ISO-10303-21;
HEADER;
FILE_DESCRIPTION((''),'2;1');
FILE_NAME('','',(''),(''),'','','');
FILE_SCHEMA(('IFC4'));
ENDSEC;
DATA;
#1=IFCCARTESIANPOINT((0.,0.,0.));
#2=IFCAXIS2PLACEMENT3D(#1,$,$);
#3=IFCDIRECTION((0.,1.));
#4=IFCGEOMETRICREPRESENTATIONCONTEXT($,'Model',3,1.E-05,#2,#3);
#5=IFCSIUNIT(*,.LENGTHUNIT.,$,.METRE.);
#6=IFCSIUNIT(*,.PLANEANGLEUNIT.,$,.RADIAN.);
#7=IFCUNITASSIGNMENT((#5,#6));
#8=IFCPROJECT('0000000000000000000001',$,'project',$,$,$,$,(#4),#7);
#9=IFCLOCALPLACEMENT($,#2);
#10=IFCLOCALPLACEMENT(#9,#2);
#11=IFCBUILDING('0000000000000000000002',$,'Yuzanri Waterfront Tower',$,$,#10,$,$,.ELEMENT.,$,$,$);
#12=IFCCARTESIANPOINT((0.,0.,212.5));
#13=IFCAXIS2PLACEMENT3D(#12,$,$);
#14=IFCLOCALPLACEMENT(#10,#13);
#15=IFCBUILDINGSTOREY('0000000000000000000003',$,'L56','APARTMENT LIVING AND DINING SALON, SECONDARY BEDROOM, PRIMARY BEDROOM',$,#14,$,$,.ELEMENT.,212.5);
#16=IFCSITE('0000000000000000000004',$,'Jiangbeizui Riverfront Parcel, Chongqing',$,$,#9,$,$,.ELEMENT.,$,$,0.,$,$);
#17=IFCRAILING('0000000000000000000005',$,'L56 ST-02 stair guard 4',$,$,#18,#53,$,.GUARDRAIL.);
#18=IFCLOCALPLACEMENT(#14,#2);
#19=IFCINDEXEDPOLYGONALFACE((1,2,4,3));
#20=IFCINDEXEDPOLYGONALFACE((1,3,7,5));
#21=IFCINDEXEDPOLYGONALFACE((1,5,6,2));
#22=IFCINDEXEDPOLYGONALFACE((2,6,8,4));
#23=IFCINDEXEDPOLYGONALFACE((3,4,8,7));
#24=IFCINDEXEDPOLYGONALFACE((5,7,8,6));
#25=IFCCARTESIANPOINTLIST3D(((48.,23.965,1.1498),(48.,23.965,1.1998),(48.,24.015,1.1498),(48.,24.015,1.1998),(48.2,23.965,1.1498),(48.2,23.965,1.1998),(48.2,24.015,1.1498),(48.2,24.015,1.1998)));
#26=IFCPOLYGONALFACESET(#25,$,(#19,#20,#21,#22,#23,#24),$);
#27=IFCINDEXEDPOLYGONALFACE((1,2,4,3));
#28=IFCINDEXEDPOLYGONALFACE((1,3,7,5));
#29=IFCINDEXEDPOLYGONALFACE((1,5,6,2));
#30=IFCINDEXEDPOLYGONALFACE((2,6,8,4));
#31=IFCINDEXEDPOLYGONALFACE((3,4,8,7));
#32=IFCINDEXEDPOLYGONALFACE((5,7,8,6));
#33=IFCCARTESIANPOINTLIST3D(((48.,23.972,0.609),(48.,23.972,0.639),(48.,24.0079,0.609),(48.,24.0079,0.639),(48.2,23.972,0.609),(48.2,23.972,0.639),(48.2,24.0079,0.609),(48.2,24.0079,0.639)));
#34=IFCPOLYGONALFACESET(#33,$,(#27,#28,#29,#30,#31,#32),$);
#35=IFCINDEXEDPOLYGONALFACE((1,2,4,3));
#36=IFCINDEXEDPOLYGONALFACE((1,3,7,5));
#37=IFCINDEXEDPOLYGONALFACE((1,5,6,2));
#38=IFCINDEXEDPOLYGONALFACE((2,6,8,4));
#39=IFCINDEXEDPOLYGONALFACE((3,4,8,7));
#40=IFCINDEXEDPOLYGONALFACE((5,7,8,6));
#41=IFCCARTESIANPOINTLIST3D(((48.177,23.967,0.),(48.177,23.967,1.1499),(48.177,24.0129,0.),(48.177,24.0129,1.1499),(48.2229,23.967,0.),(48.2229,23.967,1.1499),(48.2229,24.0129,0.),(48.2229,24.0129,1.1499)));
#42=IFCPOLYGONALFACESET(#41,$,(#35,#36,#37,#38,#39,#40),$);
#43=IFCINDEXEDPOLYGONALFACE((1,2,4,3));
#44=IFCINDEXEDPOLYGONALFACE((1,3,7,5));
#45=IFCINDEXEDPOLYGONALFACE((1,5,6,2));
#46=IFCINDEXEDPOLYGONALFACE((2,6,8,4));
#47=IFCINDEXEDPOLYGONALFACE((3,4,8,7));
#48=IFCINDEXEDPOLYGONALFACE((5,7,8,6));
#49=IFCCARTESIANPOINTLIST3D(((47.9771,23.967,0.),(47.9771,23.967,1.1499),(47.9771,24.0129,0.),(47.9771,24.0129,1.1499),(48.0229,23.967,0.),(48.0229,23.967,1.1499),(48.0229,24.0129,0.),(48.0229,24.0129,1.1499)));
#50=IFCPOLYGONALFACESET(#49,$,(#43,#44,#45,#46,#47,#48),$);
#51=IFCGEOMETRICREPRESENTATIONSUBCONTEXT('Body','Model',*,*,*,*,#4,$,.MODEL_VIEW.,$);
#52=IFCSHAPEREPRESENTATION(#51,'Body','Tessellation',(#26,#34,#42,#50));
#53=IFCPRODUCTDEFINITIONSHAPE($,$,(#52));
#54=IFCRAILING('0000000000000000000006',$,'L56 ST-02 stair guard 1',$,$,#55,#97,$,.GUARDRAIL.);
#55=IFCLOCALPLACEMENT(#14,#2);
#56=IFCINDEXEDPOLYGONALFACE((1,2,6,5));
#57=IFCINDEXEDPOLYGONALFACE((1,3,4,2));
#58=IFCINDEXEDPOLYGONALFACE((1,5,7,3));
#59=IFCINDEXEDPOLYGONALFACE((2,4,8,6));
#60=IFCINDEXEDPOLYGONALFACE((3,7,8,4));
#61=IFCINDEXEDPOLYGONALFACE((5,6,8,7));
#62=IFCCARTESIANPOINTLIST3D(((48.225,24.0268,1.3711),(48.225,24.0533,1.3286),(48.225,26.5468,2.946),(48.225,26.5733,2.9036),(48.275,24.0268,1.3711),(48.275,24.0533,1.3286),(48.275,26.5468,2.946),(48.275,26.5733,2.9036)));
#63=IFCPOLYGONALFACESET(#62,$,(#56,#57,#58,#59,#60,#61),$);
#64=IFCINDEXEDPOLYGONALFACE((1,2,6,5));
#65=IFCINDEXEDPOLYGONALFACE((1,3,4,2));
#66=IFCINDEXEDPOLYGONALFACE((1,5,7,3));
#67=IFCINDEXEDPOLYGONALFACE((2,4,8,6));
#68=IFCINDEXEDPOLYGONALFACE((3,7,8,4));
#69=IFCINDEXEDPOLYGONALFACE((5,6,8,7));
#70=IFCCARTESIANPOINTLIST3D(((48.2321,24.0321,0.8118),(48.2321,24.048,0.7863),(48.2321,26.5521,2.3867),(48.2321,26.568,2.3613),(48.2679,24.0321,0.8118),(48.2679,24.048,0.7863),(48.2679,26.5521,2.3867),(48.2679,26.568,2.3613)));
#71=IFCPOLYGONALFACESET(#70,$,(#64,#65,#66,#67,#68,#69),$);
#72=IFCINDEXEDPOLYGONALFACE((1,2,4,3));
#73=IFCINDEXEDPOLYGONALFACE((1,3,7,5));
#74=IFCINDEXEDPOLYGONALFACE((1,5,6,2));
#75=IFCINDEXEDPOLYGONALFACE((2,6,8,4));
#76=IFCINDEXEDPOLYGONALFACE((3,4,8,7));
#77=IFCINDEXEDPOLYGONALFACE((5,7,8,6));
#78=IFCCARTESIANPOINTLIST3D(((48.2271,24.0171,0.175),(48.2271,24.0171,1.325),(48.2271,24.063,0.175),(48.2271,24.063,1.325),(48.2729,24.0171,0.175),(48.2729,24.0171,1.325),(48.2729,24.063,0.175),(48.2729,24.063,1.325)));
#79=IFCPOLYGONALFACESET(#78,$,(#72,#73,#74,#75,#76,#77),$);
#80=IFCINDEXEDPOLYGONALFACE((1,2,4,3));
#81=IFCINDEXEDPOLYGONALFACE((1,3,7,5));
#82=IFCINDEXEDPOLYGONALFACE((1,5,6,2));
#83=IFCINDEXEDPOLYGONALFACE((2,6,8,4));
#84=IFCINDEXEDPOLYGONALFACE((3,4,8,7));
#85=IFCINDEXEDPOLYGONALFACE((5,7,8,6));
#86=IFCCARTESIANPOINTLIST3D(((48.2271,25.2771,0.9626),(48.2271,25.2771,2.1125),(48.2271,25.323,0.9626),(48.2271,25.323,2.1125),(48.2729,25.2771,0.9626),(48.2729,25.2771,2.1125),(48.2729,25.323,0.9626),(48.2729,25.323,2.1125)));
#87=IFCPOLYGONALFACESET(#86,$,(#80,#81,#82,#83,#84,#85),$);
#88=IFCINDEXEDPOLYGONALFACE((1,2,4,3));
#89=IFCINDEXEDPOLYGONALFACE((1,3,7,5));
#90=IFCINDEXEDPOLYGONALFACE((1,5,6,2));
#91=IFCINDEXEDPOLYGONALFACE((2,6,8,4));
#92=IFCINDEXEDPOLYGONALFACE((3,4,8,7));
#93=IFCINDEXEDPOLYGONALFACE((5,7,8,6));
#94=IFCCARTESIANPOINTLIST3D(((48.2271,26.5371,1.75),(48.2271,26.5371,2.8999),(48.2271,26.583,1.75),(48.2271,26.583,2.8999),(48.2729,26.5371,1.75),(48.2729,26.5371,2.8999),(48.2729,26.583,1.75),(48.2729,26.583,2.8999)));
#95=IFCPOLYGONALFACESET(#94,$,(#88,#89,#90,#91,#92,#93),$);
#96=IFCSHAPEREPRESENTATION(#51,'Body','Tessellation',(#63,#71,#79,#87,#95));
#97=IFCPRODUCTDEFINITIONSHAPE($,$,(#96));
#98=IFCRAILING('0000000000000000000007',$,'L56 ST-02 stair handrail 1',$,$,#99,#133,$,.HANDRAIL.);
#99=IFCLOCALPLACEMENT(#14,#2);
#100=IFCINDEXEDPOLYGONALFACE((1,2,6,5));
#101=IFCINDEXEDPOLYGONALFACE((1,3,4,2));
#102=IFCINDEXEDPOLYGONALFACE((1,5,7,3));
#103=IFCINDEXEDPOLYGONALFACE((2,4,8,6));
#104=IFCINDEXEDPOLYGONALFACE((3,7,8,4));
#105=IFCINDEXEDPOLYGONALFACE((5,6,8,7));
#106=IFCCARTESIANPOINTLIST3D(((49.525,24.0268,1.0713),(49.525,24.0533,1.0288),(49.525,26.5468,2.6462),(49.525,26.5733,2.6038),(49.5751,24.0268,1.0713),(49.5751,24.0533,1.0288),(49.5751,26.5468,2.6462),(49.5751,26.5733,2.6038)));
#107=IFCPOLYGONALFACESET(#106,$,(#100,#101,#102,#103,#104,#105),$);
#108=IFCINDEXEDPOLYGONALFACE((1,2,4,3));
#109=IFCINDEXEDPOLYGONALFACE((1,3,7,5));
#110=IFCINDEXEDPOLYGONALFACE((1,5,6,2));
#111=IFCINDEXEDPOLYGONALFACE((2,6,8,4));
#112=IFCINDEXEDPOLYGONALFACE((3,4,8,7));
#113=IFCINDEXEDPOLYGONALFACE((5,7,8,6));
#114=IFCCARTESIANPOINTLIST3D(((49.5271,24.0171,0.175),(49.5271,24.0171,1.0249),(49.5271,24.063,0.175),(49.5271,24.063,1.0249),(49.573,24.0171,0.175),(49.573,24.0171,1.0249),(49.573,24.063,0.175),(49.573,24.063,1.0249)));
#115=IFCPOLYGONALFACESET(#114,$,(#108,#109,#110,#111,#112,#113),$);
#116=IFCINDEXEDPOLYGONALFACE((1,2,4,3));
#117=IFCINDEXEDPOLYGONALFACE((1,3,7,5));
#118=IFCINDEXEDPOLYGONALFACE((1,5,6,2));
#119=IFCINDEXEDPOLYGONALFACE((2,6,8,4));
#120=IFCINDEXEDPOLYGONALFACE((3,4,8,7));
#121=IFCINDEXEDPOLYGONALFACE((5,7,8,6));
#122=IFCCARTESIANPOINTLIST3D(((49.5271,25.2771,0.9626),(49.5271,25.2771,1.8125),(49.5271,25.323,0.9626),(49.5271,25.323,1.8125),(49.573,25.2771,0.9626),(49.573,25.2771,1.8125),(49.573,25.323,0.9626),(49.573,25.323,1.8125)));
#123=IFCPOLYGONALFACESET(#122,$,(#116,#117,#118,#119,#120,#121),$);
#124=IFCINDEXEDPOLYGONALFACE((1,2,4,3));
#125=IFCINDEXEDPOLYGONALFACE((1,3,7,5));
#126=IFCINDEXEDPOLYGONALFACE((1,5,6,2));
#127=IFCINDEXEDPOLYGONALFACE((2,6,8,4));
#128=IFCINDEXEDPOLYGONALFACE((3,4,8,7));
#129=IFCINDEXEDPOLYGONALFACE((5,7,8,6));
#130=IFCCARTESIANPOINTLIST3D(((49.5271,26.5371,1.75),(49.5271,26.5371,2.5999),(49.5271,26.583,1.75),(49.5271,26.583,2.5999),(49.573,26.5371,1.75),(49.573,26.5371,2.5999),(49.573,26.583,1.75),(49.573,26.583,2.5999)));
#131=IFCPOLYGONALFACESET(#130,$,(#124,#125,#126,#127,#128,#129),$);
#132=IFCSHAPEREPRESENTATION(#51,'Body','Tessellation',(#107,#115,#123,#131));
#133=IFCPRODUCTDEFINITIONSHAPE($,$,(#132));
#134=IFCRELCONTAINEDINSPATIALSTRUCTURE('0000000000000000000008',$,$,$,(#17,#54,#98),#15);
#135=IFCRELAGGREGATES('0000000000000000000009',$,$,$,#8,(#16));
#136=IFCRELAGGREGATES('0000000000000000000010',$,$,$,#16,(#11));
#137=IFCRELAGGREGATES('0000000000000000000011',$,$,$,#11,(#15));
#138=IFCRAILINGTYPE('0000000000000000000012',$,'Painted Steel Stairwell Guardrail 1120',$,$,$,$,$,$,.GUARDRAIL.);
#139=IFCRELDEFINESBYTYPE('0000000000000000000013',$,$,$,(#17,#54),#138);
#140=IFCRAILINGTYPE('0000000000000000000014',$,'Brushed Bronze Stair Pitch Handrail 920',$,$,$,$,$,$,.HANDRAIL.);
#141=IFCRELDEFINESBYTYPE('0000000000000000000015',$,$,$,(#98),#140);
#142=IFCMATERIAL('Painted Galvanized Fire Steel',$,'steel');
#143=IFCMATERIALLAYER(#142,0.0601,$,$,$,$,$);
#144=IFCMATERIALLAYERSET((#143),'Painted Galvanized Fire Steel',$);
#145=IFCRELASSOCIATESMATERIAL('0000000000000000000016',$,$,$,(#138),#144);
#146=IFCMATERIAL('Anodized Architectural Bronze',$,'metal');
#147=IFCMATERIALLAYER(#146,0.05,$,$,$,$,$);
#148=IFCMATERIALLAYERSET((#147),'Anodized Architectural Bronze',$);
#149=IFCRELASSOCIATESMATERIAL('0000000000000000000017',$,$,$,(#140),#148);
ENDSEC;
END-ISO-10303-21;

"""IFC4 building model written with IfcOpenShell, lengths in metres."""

from ifc_helpers import new_model, si_unit, direction, frame, origin, origin_2d, place, context, subcontext, project, spatial, rectangle, extrude, source, transform, mapped, material, layer, layer_set, type_object, element, save


model = new_model("IFC4")

# Units and contexts
model_context = context("Model", 3, precision=1e-05, world=origin(), true_north=direction((0.0, 1.0)))
body_context = subcontext(model_context, "Body", "Model", "MODEL_VIEW")
ifc_project = project(units=[si_unit("LENGTHUNIT", "METRE"), si_unit("PLANEANGLEUNIT", "RADIAN")], contexts=[model_context])

# Site, building, storey
site_placement = place(None, origin())
site = spatial("IfcSite", under=ifc_project, at=site_placement, Name="Jiangbeizui Riverfront Parcel, Chongqing", CompositionType="ELEMENT", RefElevation=0.0)
building_placement = place(site_placement, origin())
building = spatial("IfcBuilding", under=site, at=building_placement, Name="Yuzanri Waterfront Tower", CompositionType="ELEMENT")
storey_placement = place(building_placement, frame((0.0, 0.0, 212.5)))
storey = spatial("IfcBuildingStorey", under=building, at=storey_placement, Name="L56", Description="APARTMENT LIVING AND DINING SALON, SECONDARY BEDROOM, PRIMARY BEDROOM", CompositionType="ELEMENT", Elevation=212.5)

# Railings
ifc_material_1 = material(Name="Painted Galvanized Fire Steel", Category="steel")
ifc_layer_1 = layer(ifc_material_1, 0.0601)
ifc_layer_set_1 = layer_set([ifc_layer_1], Name="Painted Galvanized Fire Steel")
railing_type_1 = type_object("IfcRailingType", Name="Painted Steel Stairwell Guardrail 1120", PredefinedType="GUARDRAIL", material=ifc_layer_set_1)
shared_shape_1 = source(origin(), body_context, "Body", "SweptSolid", [
    extrude(rectangle(XDim=0.05, YDim=0.05, at=origin_2d()), frame((0.0, 0.0, 1.1748), z_axis=(-1.0, 0.0, 0.0), x_axis=(0.0, -1.0, 0.0)), (0.0, 0.0, 1.0), 0.2),
    extrude(rectangle(XDim=0.0359, YDim=0.03, at=origin_2d()), frame((0.0, 0.0, 0.624), z_axis=(-1.0, 0.0, 0.0), x_axis=(0.0, -1.0, 0.0)), (0.0, 0.0, 1.0), 0.2),
    extrude(rectangle(XDim=0.0459, YDim=0.0459, at=origin_2d()), origin(), (0.0, 0.0, 1.0), 1.1499),
    extrude(rectangle(XDim=0.0459, YDim=0.0459, at=origin_2d()), frame((-0.2, 0.0, 0.0)), (0.0, 0.0, 1.0), 1.1499),
])
railing_1_placement = place(storey_placement, frame((48.2, 23.99, 0.0)))
element("IfcRailing", 1, at=railing_1_placement, inside=storey, type_object=railing_type_1, Name="L56 ST-02 stair guard 4", PredefinedType="GUARDRAIL", context=body_context, shape_type="MappedRepresentation", body=[
    mapped(shared_shape_1, transform((0.0, 0.0, 0.0), scale=1.0)),
])
shared_shape_2 = source(origin(), body_context, "Body", "SweptSolid", [
    extrude(rectangle(XDim=0.05, YDim=0.05, at=origin_2d()), frame((0.0, 0.0, 1.1748), z_axis=(0.0, 0.848008, 0.529984), x_axis=(-1.0, 0.0, 0.0)), (0.0, 0.0, 1.0), 2.9717),
    extrude(rectangle(XDim=0.0359, YDim=0.03, at=origin_2d()), frame((0.0, 0.0, 0.624), z_axis=(0.0, 0.848008, 0.529984), x_axis=(-1.0, 0.0, 0.0)), (0.0, 0.0, 1.0), 2.9717),
    extrude(rectangle(XDim=0.0459, YDim=0.0459, at=origin_2d()), origin(), (0.0, 0.0, 1.0), 1.1499),
    extrude(rectangle(XDim=0.0459, YDim=0.0459, at=origin_2d()), frame((0.0, 1.26, 0.7876)), (0.0, 0.0, 1.0), 1.1499),
    extrude(rectangle(XDim=0.0459, YDim=0.0459, at=origin_2d()), frame((0.0, 2.52, 1.575)), (0.0, 0.0, 1.0), 1.1499),
])
railing_2_placement = place(storey_placement, frame((48.25, 24.04, 0.175)))
element("IfcRailing", 2, at=railing_2_placement, inside=storey, type_object=railing_type_1, Name="L56 ST-02 stair guard 1", PredefinedType="GUARDRAIL", context=body_context, shape_type="MappedRepresentation", body=[
    mapped(shared_shape_2, transform((0.0, 0.0, 0.0), scale=1.0)),
])
ifc_material_2 = material(Name="Anodized Architectural Bronze", Category="metal")
ifc_layer_2 = layer(ifc_material_2, 0.05)
ifc_layer_set_2 = layer_set([ifc_layer_2], Name="Anodized Architectural Bronze")
railing_type_2 = type_object("IfcRailingType", Name="Brushed Bronze Stair Pitch Handrail 920", PredefinedType="HANDRAIL", material=ifc_layer_set_2)
shared_shape_3 = source(origin(), body_context, "Body", "SweptSolid", [
    extrude(rectangle(XDim=0.05, YDim=0.05, at=origin_2d()), frame((0.0, 0.0, 0.875), z_axis=(0.0, 0.848008, 0.529984), x_axis=(-1.0, 0.0, 0.0)), (0.0, 0.0, 1.0), 2.9717),
    extrude(rectangle(XDim=0.0459, YDim=0.0459, at=origin_2d()), origin(), (0.0, 0.0, 1.0), 0.8499),
    extrude(rectangle(XDim=0.0459, YDim=0.0459, at=origin_2d()), frame((0.0, 1.26, 0.7876)), (0.0, 0.0, 1.0), 0.8499),
    extrude(rectangle(XDim=0.0459, YDim=0.0459, at=origin_2d()), frame((0.0, 2.52, 1.575)), (0.0, 0.0, 1.0), 0.8499),
])
railing_3_placement = place(storey_placement, frame((49.55, 24.04, 0.175)))
element("IfcRailing", 3, at=railing_3_placement, inside=storey, type_object=railing_type_2, Name="L56 ST-02 stair handrail 1", PredefinedType="HANDRAIL", context=body_context, shape_type="MappedRepresentation", body=[
    mapped(shared_shape_3, transform((0.0, 0.0, 0.0), scale=1.0)),
])

save(model, "model.ifc")
